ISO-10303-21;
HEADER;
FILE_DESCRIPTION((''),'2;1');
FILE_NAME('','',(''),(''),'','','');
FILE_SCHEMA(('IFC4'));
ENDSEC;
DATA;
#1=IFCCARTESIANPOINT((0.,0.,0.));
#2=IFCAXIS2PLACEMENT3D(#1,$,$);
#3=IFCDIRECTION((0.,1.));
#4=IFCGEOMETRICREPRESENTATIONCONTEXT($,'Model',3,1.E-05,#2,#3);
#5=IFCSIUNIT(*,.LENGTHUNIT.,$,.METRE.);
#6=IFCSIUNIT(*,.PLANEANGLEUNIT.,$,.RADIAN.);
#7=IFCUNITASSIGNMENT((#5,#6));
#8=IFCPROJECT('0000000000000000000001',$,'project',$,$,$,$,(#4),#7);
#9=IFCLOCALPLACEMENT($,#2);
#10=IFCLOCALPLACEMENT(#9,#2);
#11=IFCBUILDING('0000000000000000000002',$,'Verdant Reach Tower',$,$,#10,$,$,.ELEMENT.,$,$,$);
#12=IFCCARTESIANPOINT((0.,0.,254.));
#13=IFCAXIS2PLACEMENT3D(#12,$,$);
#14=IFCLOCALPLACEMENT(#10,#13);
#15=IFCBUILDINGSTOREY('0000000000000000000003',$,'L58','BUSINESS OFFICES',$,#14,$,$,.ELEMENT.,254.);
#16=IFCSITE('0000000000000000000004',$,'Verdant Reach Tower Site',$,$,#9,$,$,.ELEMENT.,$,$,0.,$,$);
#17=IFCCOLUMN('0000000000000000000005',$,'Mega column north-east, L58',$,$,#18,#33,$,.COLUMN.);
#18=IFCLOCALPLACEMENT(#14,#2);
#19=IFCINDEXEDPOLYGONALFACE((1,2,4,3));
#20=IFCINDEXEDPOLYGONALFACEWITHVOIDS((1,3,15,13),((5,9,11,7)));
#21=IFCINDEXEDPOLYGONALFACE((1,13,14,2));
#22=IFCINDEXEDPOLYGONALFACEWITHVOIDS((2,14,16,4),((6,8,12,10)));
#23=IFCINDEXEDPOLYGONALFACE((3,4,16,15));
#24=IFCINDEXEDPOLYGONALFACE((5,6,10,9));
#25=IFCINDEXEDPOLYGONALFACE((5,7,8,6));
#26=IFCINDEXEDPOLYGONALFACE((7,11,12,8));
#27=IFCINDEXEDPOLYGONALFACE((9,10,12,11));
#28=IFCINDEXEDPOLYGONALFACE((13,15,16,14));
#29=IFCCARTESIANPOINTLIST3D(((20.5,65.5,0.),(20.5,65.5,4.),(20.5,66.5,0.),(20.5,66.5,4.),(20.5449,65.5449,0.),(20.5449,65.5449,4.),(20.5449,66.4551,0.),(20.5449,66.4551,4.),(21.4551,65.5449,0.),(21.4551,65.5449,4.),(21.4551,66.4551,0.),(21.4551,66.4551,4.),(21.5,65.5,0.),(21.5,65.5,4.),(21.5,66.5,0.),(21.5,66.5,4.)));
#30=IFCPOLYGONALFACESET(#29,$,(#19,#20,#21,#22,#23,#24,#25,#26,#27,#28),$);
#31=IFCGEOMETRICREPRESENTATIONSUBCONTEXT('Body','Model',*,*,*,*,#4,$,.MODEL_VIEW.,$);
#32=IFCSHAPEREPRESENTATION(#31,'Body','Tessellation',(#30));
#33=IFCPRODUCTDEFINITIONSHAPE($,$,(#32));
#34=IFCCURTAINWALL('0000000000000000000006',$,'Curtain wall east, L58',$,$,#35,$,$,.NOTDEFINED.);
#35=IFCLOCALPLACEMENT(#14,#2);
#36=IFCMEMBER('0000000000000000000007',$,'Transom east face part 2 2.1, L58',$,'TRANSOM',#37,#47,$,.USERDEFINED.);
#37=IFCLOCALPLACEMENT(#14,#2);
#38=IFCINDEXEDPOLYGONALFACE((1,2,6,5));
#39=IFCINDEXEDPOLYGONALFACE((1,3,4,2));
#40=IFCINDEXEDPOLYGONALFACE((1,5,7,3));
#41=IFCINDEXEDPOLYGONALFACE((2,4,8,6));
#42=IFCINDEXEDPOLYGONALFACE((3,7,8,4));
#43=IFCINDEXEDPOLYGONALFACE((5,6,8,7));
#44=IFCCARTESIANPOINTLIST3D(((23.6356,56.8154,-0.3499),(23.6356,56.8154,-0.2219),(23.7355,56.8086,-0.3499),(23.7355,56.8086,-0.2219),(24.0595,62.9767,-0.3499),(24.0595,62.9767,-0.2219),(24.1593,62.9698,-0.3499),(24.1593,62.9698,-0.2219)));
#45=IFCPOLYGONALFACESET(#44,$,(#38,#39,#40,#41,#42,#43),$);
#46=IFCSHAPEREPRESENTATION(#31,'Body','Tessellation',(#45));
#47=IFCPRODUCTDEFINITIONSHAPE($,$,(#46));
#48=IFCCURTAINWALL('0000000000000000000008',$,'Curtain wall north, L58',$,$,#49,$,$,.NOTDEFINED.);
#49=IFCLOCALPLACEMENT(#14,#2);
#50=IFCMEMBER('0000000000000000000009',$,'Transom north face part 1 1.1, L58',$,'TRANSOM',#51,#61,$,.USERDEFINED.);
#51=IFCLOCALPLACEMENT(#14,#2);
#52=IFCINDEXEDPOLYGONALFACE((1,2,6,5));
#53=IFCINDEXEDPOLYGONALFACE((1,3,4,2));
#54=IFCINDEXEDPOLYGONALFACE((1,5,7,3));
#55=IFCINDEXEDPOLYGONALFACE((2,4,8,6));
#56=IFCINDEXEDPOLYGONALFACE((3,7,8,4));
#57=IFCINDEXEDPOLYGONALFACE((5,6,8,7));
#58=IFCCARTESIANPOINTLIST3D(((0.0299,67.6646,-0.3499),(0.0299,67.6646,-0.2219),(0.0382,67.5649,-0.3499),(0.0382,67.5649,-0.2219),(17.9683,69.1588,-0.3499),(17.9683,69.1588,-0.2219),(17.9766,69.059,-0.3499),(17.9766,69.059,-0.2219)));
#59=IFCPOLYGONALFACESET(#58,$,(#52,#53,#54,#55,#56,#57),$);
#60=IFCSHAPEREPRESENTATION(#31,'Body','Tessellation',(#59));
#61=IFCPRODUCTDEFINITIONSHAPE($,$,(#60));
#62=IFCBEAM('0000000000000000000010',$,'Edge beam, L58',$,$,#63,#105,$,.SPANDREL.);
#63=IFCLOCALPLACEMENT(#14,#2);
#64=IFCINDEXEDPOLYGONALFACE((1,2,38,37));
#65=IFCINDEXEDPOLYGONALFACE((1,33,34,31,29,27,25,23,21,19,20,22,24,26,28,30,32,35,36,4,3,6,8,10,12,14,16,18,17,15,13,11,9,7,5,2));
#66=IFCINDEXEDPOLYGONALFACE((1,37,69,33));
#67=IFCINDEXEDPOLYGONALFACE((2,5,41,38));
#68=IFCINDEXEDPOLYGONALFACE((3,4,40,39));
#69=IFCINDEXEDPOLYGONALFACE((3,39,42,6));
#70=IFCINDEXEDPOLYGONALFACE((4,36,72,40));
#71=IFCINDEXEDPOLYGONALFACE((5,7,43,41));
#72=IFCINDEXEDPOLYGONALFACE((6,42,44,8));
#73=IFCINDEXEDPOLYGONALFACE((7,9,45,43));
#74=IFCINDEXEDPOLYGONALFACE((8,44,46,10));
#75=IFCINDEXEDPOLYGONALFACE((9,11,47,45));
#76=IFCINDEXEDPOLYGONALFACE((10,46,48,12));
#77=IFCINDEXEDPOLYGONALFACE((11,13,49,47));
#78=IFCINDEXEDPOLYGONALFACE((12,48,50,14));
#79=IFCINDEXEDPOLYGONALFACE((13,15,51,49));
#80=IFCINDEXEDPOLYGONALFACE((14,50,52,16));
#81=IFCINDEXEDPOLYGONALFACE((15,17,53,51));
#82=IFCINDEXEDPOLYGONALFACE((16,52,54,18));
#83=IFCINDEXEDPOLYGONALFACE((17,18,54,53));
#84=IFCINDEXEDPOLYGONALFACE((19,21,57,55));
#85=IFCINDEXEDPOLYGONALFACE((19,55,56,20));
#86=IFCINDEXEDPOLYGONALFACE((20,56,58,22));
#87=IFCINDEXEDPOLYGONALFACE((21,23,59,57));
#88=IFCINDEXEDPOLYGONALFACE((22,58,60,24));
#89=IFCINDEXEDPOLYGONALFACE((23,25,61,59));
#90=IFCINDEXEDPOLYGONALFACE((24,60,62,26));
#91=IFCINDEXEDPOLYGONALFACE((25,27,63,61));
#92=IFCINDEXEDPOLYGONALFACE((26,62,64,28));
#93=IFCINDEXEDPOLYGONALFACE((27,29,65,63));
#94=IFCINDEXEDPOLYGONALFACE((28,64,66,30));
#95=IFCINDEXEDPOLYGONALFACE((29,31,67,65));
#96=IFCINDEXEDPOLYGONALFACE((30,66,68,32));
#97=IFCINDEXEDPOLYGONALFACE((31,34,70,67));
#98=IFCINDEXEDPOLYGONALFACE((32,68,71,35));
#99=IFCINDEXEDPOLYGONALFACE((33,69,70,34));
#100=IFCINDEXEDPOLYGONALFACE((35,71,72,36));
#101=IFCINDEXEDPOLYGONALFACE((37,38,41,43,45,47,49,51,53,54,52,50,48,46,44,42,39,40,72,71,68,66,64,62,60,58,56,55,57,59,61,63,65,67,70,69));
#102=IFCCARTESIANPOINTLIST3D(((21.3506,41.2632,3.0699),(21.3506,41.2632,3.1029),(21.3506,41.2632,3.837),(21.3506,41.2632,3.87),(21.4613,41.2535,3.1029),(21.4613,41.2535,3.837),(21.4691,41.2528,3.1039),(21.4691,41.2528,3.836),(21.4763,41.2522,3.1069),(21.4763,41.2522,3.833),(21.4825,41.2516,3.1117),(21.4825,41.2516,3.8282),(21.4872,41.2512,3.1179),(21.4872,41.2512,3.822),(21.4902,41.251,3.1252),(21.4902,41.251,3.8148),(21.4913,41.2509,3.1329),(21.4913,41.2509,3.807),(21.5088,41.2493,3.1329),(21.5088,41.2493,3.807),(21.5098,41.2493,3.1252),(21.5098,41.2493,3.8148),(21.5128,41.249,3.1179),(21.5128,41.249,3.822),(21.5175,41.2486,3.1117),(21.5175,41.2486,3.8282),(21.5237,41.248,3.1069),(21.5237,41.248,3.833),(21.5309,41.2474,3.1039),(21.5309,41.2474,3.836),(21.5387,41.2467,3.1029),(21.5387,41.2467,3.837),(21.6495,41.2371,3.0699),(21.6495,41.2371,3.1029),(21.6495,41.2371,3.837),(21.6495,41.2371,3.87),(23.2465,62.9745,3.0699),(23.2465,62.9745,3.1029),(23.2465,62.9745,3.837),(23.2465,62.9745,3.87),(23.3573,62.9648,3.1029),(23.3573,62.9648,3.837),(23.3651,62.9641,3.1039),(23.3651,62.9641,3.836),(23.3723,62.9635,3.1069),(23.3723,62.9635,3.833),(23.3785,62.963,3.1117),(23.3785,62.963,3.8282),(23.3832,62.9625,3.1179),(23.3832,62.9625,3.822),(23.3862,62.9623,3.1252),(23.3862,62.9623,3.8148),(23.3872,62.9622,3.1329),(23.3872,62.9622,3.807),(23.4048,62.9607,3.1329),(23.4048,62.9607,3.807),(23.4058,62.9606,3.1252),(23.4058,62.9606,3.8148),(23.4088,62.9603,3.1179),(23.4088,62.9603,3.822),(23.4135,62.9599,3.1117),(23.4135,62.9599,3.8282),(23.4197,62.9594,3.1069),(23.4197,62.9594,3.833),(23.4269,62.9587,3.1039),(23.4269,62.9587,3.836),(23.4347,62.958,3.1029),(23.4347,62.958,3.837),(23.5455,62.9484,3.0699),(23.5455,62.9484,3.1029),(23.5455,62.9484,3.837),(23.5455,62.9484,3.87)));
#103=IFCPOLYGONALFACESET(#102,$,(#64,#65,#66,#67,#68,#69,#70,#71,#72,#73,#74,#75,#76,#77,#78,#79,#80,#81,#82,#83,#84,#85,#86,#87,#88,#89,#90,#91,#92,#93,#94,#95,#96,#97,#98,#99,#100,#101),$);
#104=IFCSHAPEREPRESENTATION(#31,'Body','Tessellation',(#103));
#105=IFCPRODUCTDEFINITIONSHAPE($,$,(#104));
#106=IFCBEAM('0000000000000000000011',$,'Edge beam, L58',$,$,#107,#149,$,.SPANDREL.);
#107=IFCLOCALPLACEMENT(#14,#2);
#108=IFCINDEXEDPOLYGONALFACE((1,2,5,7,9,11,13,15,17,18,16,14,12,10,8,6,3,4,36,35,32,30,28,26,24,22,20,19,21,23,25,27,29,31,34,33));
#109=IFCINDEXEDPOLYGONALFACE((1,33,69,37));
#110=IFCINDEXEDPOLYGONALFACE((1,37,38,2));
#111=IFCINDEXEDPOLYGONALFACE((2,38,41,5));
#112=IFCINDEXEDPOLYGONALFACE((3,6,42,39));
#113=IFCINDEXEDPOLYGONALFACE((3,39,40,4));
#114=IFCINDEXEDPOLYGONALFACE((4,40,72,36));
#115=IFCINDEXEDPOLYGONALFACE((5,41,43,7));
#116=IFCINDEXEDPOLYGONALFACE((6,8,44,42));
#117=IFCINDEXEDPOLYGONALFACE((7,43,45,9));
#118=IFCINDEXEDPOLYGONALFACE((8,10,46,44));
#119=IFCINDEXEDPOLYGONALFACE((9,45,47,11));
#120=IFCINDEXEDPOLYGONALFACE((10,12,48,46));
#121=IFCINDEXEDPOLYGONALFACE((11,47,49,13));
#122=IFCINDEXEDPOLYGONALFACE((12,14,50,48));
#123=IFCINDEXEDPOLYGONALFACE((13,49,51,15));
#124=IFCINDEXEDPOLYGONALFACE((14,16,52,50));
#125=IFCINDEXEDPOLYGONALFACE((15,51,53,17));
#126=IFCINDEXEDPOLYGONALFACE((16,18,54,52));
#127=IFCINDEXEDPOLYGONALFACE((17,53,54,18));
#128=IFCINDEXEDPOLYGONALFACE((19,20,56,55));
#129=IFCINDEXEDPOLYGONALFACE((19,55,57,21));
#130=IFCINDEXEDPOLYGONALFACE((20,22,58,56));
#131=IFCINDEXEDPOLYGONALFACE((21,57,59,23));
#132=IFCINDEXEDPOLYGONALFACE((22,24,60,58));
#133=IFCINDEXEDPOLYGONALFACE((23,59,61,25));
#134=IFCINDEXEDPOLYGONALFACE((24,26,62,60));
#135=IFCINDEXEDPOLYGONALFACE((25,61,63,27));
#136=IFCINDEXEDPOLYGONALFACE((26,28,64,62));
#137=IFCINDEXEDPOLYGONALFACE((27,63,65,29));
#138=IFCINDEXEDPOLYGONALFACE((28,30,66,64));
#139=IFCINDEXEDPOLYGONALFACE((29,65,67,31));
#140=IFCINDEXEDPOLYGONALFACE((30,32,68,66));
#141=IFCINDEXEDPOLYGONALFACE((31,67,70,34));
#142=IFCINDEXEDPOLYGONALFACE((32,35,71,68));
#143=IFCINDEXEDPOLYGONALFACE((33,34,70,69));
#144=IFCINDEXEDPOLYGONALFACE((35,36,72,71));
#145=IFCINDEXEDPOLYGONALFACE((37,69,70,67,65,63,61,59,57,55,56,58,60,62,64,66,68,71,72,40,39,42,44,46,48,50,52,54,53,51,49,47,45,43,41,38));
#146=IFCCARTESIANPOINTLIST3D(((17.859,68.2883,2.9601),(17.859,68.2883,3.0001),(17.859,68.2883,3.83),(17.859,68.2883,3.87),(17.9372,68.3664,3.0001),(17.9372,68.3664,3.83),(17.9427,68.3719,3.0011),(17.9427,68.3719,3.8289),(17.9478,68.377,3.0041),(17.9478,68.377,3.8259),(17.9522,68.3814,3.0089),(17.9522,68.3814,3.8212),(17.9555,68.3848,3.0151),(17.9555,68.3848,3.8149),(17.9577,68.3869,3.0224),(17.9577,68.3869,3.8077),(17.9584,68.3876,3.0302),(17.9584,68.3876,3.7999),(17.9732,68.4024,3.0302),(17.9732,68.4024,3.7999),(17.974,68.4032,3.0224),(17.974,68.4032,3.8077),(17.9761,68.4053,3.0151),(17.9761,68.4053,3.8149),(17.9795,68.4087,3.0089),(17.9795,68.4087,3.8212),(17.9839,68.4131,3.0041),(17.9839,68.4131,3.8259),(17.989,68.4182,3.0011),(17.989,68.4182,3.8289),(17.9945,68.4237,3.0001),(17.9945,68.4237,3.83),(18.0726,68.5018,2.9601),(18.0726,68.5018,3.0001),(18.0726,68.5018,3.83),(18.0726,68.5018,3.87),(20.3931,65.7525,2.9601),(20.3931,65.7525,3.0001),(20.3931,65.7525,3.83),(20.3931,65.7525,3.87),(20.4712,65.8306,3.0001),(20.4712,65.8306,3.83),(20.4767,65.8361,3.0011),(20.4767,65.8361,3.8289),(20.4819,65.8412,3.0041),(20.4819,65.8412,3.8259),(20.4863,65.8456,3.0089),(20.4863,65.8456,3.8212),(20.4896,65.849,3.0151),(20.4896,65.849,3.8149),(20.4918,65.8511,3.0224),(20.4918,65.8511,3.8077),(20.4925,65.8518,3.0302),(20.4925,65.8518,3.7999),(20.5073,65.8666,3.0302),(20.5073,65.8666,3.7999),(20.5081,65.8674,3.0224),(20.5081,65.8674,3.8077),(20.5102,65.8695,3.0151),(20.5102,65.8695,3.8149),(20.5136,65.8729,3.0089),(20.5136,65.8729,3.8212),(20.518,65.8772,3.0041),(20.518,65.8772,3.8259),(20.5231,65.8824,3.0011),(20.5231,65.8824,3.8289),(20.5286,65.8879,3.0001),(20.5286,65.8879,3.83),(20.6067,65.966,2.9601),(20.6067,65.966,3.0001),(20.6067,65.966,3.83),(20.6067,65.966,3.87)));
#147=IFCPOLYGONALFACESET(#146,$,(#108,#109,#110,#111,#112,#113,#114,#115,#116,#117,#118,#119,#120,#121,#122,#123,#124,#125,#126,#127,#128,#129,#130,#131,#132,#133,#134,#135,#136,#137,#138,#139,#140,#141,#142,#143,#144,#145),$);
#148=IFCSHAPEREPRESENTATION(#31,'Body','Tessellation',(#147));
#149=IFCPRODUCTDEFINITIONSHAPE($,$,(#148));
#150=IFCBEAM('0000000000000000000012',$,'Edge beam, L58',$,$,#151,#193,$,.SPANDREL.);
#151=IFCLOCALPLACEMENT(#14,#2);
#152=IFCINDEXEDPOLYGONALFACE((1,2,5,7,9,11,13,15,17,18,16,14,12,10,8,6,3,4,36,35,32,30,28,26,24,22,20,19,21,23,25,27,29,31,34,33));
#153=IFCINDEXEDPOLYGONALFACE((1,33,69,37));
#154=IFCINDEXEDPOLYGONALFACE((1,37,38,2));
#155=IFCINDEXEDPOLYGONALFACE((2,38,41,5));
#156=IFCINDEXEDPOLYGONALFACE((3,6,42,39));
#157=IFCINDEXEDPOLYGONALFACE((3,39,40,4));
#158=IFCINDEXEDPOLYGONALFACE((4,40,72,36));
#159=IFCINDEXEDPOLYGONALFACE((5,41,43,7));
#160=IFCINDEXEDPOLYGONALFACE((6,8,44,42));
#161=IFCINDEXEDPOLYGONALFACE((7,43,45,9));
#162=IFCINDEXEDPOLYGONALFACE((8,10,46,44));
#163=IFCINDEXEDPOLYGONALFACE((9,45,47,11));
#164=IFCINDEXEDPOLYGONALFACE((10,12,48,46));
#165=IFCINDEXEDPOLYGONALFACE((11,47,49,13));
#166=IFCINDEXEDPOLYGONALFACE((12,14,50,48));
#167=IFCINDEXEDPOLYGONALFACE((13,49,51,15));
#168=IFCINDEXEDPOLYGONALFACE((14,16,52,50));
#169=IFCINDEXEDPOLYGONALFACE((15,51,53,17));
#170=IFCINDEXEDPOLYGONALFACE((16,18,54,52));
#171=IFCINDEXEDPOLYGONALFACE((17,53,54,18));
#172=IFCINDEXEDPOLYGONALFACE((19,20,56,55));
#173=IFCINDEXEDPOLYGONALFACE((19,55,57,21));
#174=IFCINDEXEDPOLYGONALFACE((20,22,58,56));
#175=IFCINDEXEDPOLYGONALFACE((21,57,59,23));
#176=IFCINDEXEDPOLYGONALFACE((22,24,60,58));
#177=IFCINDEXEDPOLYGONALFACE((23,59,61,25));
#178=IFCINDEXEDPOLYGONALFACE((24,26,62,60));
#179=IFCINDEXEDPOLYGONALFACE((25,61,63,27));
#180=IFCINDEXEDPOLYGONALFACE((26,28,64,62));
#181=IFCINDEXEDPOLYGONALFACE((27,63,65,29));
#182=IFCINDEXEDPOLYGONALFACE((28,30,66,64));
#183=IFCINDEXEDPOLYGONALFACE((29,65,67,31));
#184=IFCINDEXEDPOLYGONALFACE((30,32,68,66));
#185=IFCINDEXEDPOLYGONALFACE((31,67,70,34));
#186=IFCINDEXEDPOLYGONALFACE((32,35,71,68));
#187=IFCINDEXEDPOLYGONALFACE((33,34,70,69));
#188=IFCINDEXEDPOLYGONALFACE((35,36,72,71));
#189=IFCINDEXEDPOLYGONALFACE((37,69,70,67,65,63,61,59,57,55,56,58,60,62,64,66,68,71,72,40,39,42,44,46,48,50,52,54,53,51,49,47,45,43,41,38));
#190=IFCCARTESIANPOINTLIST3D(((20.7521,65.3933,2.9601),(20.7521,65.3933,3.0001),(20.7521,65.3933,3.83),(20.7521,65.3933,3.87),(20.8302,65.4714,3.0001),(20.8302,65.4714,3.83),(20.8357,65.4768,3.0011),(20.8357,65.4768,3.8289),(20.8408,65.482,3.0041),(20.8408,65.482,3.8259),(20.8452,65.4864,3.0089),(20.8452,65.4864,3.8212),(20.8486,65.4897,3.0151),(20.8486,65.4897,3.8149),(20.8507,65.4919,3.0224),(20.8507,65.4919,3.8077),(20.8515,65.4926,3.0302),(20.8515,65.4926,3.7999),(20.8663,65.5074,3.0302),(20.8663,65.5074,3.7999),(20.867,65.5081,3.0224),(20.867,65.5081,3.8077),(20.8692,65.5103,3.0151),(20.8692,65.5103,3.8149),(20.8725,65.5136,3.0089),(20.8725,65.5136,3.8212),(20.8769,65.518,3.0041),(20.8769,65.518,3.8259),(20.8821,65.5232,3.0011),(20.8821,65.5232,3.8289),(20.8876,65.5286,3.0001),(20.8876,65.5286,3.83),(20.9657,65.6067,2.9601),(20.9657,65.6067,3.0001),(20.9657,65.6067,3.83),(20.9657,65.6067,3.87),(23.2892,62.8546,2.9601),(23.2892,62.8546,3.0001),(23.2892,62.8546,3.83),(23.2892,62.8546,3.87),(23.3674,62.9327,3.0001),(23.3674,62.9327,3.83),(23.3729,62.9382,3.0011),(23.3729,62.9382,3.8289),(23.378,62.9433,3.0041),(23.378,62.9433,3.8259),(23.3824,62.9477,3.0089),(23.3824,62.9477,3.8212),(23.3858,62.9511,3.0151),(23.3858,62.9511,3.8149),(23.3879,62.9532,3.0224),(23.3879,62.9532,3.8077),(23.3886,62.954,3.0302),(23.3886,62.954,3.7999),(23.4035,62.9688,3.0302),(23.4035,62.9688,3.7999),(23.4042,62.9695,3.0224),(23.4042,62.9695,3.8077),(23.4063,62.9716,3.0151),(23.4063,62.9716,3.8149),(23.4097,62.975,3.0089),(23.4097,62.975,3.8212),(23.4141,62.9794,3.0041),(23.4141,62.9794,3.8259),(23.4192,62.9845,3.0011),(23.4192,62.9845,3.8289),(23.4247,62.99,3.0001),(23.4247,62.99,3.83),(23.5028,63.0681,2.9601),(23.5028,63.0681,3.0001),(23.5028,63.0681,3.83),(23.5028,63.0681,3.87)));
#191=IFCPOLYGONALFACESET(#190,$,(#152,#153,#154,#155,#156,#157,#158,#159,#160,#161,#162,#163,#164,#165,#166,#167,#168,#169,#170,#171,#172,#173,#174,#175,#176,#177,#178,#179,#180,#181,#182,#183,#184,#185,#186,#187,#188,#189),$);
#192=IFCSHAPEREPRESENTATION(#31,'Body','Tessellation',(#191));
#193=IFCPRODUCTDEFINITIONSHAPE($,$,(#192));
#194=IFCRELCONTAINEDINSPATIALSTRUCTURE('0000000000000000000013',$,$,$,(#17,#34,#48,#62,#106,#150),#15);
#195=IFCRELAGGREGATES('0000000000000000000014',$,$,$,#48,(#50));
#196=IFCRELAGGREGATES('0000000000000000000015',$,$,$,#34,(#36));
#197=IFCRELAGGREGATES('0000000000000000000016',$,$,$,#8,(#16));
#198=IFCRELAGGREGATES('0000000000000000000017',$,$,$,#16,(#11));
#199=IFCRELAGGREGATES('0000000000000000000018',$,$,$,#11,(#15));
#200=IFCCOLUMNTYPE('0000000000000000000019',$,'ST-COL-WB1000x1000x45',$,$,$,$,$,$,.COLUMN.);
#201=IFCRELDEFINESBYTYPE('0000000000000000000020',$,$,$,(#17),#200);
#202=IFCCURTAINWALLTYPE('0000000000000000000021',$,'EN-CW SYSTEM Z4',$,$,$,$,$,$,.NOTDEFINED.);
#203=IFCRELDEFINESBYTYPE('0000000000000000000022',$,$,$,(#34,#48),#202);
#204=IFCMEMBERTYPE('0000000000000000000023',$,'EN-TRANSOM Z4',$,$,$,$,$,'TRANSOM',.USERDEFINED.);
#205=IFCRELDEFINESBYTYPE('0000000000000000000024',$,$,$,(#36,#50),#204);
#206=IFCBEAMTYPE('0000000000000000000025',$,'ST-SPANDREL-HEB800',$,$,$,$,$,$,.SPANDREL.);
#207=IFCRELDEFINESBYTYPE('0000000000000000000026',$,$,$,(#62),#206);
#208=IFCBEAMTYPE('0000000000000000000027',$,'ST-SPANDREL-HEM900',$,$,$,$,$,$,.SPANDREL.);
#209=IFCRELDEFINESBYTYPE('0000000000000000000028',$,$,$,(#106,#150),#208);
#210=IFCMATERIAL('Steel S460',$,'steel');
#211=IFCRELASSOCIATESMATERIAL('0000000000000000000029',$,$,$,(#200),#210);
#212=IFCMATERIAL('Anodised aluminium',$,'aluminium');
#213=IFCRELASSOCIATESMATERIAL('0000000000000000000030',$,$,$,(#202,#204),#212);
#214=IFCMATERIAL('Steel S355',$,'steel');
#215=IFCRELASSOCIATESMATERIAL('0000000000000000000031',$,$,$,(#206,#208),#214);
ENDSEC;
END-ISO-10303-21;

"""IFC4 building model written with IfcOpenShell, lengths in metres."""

from ifc_helpers import new_model, si_unit, direction, frame, origin, origin_2d, place, context, subcontext, project, spatial, rectangle, hollow_rectangle, i_section, extrude, material, material_profile, profile_set, type_object, element, aggregate, save


model = new_model("IFC4")

# Units and contexts
model_context = context("Model", 3, precision=1e-05, world=origin(), true_north=direction((0.0, 1.0)))
body_context = subcontext(model_context, "Body", "Model", "MODEL_VIEW")
ifc_project = project(units=[si_unit("LENGTHUNIT", "METRE"), si_unit("PLANEANGLEUNIT", "RADIAN")], contexts=[model_context])

# Site, building, storey
site_placement = place(None, origin())
site = spatial("IfcSite", under=ifc_project, at=site_placement, Name="Verdant Reach Tower Site", CompositionType="ELEMENT", RefElevation=0.0)
building_placement = place(site_placement, origin())
building = spatial("IfcBuilding", under=site, at=building_placement, Name="Verdant Reach Tower", CompositionType="ELEMENT")
storey_placement = place(building_placement, frame((0.0, 0.0, 254.0)))
storey = spatial("IfcBuildingStorey", under=building, at=storey_placement, Name="L58", Description="BUSINESS OFFICES", CompositionType="ELEMENT", Elevation=254.0)

# Column
ifc_material_1 = material(Name="Steel S460", Category="steel")
ifc_material_profile_1 = material_profile(ifc_material_1, hollow_rectangle(XDim=1.0, YDim=1.0, WallThickness=0.0449, at=origin_2d()), Name="WB 1000x1000x45")
ifc_profile_set_1 = profile_set([ifc_material_profile_1], Name="Steel S460")
column_type = type_object("IfcColumnType", Name="ST-COL-WB1000x1000x45", PredefinedType="COLUMN", material=ifc_profile_set_1)
column_placement = place(storey_placement, frame((21.0, 66.0, 0.0), z_axis=(0.0, 0.0, 1.0), x_axis=(1.0, 0.0, 0.0)))
element("IfcColumn", 1, at=column_placement, inside=storey, type_object=column_type, Name="Mega column north-east, L58", PredefinedType="COLUMN", context=body_context, shape_type="SweptSolid", body=[
    extrude(hollow_rectangle(XDim=1.0, YDim=1.0, WallThickness=0.0449, at=origin_2d()), origin(), (0.0, 0.0, 1.0), 4.0),
])

# Curtain walls, members
ifc_material_2 = material(Name="Anodised aluminium", Category="aluminium")
curtain_wall_type = type_object("IfcCurtainWallType", Name="EN-CW SYSTEM Z4", PredefinedType="NOTDEFINED", material=ifc_material_2)
curtain_wall_1_placement = place(storey_placement, origin())
curtain_wall_1 = element("IfcCurtainWall", 2, at=curtain_wall_1_placement, inside=storey, type_object=curtain_wall_type, Name="Curtain wall east, L58", PredefinedType="NOTDEFINED")
ifc_material_profile_2 = material_profile(ifc_material_2, rectangle(XDim=0.1001, YDim=0.1279, at=origin_2d()), Name="Transom 128x100")
ifc_profile_set_2 = profile_set([ifc_material_profile_2], Name="Anodised aluminium")
member_type = type_object("IfcMemberType", Name="EN-TRANSOM Z4", ElementType="TRANSOM", PredefinedType="USERDEFINED", material=ifc_profile_set_2)
member_1_placement = place(storey_placement, frame((23.6855, 56.812, -0.2859), z_axis=(0.068628, 0.997642, 0.0), x_axis=(-0.997642, 0.068628, 0.0)))
member_1 = element("IfcMember", 3, at=member_1_placement, type_object=member_type, Name="Transom east face part 2 2.1, L58", ObjectType="TRANSOM", PredefinedType="USERDEFINED", context=body_context, shape_type="SweptSolid", body=[
    extrude(rectangle(XDim=0.1001, YDim=0.1279, at=origin_2d()), origin(), (0.0, 0.0, 1.0), 6.1758),
])
curtain_wall_2_placement = place(storey_placement, origin())
curtain_wall_2 = element("IfcCurtainWall", 4, at=curtain_wall_2_placement, inside=storey, type_object=curtain_wall_type, Name="Curtain wall north, L58", PredefinedType="NOTDEFINED")
member_2_placement = place(storey_placement, frame((17.9724, 69.1089, -0.2859), z_axis=(-0.996549, -0.083005, 0.0), x_axis=(0.083005, -0.996549, 0.0)))
member_2 = element("IfcMember", 5, at=member_2_placement, type_object=member_type, Name="Transom north face part 1 1.1, L58", ObjectType="TRANSOM", PredefinedType="USERDEFINED", context=body_context, shape_type="SweptSolid", body=[
    extrude(rectangle(XDim=0.1001, YDim=0.1279, at=origin_2d()), origin(), (0.0, 0.0, 1.0), 18.0005),
])

# Beams
ifc_material_3 = material(Name="Steel S355", Category="steel")
ifc_material_profile_3 = material_profile(ifc_material_3, i_section(OverallWidth=0.3, OverallDepth=0.8, WebThickness=0.0176, FlangeThickness=0.033, FilletRadius=0.03, at=origin_2d()), Name="HEB 800")
ifc_profile_set_3 = profile_set([ifc_material_profile_3], Name="Steel S355")
beam_type_1 = type_object("IfcBeamType", Name="ST-SPANDREL-HEB800", PredefinedType="SPANDREL", material=ifc_profile_set_3)
beam_1_placement = place(storey_placement, frame((23.396, 62.9614, 3.47), z_axis=(-0.086996, -0.996209, 0.0), x_axis=(0.996209, -0.086996, 0.0)))
element("IfcBeam", 6, at=beam_1_placement, inside=storey, type_object=beam_type_1, Name="Edge beam, L58", PredefinedType="SPANDREL", context=body_context, shape_type="SweptSolid", body=[
    extrude(i_section(OverallWidth=0.3, OverallDepth=0.8, WebThickness=0.0176, FlangeThickness=0.033, FilletRadius=0.03, at=origin_2d()), origin(), (0.0, 0.0, 1.0), 21.7939),
])
ifc_material_profile_4 = material_profile(ifc_material_3, i_section(OverallWidth=0.302, OverallDepth=0.9099, WebThickness=0.021, FlangeThickness=0.04, FilletRadius=0.03, at=origin_2d()), Name="HEM 900")
ifc_profile_set_4 = profile_set([ifc_material_profile_4], Name="Steel S355")
beam_type_2 = type_object("IfcBeamType", Name="ST-SPANDREL-HEM900", PredefinedType="SPANDREL", material=ifc_profile_set_4)
beam_2_placement = place(storey_placement, frame((17.9658, 68.395, 3.415), z_axis=(0.706868, -0.707345, 0.0), x_axis=(0.707345, 0.706868, 0.0)))
element("IfcBeam", 7, at=beam_2_placement, inside=storey, type_object=beam_type_2, Name="Edge beam, L58", PredefinedType="SPANDREL", context=body_context, shape_type="SweptSolid", body=[
    extrude(i_section(OverallWidth=0.302, OverallDepth=0.9099, WebThickness=0.021, FlangeThickness=0.04, FilletRadius=0.03, at=origin_2d()), origin(), (0.0, 0.0, 1.0), 3.585),
])
beam_3_placement = place(storey_placement, frame((20.8589, 65.5, 3.415), z_axis=(0.706903, -0.707311, 0.0), x_axis=(0.707311, 0.706903, 0.0)))
element("IfcBeam", 8, at=beam_3_placement, inside=storey, type_object=beam_type_2, Name="Edge beam, L58", PredefinedType="SPANDREL", context=body_context, shape_type="SweptSolid", body=[
    extrude(i_section(OverallWidth=0.302, OverallDepth=0.9099, WebThickness=0.021, FlangeThickness=0.04, FilletRadius=0.03, at=origin_2d()), origin(), (0.0, 0.0, 1.0), 3.5891),
])

aggregate(curtain_wall_2, [member_2])
aggregate(curtain_wall_1, [member_1])

save(model, "model.ifc")
